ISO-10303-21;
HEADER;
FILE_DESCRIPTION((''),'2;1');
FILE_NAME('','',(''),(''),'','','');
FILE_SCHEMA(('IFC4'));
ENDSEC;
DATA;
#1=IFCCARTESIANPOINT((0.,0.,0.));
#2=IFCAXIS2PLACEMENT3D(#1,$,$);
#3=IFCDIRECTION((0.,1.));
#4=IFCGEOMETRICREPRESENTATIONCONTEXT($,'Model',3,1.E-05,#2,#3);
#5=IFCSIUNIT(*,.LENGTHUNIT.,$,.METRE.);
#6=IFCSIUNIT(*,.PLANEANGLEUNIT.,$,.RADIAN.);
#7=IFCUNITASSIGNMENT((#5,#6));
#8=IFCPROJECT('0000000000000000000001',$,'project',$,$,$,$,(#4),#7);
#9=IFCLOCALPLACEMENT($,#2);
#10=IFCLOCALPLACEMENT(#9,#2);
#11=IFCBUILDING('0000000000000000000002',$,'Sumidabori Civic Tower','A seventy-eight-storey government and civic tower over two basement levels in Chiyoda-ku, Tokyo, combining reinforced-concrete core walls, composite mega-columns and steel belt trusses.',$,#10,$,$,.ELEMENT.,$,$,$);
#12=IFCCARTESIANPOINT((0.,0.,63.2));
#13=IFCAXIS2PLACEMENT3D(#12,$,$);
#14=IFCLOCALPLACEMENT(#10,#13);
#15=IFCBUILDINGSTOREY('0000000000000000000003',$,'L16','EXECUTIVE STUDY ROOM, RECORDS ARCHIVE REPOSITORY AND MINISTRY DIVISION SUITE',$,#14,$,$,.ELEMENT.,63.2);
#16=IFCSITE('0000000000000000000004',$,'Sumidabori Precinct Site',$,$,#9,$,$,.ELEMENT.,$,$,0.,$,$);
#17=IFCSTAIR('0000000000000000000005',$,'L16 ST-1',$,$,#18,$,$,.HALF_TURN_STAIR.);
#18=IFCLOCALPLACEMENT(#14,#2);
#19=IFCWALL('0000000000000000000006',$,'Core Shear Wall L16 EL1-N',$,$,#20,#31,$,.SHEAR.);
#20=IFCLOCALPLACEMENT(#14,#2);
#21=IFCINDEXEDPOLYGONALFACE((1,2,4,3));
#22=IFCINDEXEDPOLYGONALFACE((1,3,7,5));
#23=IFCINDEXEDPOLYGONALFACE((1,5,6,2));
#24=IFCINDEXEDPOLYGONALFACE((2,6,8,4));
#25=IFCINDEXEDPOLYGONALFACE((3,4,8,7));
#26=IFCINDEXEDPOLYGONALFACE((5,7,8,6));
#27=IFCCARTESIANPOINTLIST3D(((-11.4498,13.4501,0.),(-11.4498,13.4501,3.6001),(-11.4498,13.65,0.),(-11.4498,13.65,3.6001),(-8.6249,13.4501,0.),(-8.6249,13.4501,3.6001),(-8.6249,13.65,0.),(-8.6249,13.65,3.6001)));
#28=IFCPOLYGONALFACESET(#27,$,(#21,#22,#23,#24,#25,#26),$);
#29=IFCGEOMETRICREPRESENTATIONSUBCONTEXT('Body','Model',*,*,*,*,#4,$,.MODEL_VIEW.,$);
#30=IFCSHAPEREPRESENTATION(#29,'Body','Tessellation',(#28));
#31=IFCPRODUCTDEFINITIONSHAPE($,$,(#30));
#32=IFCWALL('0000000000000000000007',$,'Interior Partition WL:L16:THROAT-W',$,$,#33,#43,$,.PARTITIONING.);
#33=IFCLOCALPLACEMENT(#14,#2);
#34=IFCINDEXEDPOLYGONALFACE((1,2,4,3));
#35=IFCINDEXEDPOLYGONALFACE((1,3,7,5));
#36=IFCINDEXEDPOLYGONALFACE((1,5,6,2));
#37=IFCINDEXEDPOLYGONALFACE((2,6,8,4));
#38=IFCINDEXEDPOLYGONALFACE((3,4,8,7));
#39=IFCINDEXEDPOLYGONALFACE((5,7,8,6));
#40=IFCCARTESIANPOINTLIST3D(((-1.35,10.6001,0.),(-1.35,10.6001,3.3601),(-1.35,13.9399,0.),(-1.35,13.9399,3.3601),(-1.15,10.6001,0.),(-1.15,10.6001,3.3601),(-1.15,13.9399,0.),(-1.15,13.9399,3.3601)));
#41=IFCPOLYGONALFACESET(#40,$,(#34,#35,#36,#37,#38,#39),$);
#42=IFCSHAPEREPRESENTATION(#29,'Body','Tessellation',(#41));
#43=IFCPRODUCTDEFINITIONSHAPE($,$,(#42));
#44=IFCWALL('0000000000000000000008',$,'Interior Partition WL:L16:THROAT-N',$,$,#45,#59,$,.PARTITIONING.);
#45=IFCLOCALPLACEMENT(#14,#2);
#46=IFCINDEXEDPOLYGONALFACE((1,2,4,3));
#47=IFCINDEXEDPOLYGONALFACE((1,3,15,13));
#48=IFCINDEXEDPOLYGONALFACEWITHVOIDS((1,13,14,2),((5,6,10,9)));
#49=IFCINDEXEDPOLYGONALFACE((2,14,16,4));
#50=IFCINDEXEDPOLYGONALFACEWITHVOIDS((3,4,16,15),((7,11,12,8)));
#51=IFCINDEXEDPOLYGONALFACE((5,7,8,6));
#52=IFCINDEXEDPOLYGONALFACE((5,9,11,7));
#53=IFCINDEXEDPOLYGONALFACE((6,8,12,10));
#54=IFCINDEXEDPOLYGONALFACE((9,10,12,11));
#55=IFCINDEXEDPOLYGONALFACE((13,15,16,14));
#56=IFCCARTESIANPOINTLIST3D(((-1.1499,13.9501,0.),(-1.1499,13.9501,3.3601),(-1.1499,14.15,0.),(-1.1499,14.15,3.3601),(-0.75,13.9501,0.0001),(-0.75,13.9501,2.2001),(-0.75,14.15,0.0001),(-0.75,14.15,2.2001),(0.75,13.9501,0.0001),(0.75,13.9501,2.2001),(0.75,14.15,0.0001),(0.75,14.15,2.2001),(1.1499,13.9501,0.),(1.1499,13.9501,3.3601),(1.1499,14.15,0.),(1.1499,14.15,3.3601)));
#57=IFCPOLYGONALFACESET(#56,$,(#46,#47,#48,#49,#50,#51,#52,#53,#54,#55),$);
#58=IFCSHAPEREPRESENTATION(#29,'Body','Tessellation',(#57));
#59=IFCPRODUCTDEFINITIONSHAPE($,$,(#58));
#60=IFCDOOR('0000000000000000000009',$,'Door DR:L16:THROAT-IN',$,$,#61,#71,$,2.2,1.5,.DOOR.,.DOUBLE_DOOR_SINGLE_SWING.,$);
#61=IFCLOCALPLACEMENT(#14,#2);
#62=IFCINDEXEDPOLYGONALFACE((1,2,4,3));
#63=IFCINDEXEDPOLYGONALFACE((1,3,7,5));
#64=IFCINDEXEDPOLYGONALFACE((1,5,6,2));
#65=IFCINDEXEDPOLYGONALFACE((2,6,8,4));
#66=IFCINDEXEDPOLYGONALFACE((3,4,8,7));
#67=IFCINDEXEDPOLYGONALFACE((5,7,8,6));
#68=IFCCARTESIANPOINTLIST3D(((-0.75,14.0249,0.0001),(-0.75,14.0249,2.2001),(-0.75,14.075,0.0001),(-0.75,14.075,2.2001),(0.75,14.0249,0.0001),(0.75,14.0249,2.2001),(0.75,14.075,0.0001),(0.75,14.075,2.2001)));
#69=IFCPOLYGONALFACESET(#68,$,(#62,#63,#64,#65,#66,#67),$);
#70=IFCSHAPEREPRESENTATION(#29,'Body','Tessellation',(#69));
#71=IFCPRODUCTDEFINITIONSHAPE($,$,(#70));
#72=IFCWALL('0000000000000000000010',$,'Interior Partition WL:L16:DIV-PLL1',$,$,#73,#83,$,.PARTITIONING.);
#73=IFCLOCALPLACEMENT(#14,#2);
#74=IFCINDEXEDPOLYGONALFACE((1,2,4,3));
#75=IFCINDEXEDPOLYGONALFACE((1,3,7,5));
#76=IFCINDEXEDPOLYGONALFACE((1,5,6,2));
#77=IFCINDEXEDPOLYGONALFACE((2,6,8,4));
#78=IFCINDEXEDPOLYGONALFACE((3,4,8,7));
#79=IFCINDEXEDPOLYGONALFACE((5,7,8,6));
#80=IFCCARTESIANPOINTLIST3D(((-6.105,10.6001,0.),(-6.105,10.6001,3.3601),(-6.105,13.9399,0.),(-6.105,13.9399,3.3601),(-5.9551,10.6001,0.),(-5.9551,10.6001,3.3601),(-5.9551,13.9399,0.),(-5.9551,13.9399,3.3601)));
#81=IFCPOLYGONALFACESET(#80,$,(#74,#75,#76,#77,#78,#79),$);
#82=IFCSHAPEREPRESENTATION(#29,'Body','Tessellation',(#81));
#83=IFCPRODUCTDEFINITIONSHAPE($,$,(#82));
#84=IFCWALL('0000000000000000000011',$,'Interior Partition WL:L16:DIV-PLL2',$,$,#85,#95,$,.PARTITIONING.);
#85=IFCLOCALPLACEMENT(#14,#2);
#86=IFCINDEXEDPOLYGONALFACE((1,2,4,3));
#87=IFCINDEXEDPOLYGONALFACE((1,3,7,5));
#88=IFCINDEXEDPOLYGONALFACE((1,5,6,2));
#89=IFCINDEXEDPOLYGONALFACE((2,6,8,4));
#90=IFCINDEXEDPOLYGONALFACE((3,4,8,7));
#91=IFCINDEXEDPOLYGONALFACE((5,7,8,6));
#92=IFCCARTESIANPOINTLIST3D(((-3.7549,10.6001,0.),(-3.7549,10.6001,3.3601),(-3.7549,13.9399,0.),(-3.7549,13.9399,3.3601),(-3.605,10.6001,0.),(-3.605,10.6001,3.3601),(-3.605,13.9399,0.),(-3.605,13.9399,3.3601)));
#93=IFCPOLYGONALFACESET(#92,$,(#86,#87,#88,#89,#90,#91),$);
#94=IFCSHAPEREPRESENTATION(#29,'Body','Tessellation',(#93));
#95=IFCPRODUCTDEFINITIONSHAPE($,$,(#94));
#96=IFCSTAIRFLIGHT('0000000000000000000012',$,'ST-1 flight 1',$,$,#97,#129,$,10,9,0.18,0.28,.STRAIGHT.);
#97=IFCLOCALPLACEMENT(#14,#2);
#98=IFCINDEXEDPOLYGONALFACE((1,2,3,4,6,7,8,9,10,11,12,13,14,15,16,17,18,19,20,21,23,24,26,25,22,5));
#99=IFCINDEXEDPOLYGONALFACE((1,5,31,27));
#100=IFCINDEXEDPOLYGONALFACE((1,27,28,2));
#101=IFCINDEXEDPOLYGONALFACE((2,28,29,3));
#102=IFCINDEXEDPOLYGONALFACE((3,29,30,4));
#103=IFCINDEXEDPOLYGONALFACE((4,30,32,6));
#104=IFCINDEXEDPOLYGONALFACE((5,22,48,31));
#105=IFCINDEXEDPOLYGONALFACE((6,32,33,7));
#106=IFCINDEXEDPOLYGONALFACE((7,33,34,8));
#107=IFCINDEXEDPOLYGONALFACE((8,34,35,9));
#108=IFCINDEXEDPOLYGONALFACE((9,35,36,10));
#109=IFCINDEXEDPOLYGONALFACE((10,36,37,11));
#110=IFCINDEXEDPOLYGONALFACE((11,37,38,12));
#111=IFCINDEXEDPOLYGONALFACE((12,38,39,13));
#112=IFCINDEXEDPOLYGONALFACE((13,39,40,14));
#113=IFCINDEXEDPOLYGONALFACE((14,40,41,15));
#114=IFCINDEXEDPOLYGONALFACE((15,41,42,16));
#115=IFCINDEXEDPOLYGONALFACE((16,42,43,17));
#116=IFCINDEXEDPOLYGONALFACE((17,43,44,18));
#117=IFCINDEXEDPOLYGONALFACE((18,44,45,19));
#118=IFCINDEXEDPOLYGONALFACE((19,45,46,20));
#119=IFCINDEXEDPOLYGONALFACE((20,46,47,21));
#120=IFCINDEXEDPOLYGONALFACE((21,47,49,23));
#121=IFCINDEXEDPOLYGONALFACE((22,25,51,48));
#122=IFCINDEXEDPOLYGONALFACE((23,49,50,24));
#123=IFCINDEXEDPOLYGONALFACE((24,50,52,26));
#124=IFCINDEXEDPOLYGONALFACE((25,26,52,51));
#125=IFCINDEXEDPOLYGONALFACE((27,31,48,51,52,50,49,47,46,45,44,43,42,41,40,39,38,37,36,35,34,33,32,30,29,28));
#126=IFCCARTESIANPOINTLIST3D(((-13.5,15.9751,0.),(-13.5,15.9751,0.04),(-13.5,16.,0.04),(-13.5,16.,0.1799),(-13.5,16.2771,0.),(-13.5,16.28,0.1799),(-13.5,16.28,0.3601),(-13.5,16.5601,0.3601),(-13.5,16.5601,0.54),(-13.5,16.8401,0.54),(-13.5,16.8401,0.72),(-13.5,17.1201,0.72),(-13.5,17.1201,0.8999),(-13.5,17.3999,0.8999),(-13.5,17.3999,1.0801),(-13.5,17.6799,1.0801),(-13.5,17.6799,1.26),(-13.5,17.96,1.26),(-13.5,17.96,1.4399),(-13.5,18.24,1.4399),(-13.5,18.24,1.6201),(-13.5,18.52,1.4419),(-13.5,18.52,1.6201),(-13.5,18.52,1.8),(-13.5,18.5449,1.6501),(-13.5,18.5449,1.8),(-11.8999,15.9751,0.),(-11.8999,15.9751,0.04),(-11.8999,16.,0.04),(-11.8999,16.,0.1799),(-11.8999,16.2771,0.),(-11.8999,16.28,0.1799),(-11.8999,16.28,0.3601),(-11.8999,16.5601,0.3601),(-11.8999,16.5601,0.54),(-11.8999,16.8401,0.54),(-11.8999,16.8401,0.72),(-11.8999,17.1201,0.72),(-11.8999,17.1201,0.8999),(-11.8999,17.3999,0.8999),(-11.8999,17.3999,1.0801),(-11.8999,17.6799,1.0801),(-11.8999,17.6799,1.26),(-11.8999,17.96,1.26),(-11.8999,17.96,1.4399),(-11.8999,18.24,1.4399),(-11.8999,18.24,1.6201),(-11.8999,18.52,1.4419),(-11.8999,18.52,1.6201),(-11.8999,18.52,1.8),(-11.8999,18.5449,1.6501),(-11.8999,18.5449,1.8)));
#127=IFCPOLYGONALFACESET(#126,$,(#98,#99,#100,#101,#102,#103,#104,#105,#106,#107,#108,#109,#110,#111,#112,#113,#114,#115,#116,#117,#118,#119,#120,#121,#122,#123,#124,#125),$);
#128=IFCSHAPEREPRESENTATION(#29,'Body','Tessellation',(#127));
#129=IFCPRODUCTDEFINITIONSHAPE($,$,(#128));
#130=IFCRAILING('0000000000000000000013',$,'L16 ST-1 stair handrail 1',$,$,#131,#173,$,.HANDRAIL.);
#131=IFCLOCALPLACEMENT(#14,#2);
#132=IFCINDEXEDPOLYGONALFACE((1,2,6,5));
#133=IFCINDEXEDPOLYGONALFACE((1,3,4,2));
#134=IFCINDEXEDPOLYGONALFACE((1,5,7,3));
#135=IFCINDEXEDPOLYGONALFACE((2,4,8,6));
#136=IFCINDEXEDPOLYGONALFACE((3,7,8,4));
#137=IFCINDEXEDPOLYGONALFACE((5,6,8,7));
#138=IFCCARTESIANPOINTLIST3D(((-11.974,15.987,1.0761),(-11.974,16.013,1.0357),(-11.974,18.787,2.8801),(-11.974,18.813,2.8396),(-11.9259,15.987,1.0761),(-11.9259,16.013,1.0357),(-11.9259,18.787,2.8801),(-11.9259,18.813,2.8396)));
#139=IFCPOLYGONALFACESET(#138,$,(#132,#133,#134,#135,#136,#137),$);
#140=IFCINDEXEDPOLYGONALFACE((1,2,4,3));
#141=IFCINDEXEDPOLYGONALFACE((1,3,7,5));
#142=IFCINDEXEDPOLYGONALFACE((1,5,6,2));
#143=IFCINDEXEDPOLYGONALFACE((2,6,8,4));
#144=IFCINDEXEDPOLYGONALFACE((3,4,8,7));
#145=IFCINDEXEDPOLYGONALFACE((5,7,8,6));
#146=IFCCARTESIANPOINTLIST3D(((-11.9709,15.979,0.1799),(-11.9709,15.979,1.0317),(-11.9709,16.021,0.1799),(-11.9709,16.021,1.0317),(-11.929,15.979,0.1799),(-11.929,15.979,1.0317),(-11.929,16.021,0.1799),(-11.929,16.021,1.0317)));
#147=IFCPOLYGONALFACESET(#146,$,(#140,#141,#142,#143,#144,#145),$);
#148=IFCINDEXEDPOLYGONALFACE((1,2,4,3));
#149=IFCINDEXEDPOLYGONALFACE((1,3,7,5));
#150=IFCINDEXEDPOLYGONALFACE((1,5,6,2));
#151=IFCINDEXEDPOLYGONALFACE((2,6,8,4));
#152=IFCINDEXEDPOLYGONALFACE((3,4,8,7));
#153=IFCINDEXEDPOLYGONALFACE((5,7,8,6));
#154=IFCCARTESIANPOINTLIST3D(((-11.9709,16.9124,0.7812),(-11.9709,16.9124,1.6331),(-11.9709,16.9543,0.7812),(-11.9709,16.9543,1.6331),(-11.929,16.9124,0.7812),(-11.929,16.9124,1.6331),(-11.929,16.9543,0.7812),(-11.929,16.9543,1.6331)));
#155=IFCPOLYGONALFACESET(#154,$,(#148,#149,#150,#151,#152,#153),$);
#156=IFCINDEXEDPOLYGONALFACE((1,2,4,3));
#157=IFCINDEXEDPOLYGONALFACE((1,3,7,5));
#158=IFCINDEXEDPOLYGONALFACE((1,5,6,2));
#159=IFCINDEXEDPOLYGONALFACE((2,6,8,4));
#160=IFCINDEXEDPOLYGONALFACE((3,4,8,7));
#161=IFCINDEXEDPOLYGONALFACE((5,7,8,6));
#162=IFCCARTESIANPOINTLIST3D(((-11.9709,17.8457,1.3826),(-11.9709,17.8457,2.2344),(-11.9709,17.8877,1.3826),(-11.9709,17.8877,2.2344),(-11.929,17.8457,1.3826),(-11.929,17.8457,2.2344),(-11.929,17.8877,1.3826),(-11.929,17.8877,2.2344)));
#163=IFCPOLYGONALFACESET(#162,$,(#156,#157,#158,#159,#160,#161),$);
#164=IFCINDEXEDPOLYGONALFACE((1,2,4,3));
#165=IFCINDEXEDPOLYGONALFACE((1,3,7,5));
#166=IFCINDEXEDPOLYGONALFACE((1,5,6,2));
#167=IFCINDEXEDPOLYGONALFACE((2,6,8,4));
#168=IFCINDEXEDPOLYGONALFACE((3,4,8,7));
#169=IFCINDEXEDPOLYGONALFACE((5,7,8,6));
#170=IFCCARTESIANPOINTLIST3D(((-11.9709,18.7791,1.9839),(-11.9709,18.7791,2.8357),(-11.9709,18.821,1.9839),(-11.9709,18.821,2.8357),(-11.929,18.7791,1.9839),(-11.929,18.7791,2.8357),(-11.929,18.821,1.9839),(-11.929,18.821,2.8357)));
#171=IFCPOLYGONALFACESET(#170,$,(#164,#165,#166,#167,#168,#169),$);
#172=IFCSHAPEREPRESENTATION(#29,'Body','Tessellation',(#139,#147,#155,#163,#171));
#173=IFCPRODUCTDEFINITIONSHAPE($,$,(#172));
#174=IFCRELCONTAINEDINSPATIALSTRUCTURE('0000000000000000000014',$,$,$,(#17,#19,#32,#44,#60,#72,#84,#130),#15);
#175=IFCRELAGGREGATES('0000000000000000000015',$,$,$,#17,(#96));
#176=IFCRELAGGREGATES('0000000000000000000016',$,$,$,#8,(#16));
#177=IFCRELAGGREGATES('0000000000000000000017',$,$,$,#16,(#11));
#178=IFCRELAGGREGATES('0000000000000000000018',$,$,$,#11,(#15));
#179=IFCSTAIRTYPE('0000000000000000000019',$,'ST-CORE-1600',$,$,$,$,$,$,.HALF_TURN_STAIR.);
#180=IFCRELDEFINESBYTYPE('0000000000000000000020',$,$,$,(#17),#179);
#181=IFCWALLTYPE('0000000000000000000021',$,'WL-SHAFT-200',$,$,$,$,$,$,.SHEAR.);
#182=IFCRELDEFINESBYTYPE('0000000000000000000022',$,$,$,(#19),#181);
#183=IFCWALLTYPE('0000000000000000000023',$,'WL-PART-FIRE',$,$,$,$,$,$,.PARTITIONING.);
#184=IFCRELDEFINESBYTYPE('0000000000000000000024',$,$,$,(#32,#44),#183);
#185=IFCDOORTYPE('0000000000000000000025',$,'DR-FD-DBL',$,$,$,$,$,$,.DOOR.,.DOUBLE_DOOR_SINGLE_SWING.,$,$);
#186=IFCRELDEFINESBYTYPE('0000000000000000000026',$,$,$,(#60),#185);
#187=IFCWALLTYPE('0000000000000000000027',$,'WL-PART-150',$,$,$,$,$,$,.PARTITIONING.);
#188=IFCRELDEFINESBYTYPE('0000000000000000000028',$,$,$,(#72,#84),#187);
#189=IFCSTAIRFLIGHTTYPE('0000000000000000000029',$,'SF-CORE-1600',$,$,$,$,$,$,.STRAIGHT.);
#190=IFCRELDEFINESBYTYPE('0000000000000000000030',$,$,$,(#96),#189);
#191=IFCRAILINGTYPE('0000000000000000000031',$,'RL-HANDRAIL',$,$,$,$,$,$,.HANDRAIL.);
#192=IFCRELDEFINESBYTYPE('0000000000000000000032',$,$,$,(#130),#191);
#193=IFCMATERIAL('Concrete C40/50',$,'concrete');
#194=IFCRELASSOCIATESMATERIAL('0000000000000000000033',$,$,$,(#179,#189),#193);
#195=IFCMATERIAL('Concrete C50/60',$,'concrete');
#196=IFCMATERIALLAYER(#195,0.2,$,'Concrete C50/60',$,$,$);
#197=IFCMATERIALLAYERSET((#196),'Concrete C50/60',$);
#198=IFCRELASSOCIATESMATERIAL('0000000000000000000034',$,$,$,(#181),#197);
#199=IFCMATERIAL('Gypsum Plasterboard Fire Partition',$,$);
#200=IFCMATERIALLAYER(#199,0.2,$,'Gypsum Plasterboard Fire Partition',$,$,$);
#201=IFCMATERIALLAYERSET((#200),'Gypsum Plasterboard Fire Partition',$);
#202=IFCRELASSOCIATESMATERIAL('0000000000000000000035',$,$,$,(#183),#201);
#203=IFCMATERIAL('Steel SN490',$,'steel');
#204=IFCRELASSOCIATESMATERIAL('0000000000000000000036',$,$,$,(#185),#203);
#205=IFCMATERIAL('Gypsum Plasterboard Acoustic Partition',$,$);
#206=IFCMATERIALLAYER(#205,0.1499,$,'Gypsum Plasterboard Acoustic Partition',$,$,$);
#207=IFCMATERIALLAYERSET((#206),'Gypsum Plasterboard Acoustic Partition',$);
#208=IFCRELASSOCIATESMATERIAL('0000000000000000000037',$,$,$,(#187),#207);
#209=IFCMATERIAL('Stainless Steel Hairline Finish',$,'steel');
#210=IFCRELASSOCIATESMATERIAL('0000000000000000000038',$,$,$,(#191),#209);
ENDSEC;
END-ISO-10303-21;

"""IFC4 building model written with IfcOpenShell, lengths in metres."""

from ifc_helpers import new_model, si_unit, direction, frame, frame_2d, origin, origin_2d, place, context, subcontext, project, spatial, polyline, rectangle, outline, extrude, source, transform, mapped, material, layer, layer_set, type_object, element, fill, aggregate, save


model = new_model("IFC4")

# Units and contexts
model_context = context("Model", 3, precision=1e-05, world=origin(), true_north=direction((0.0, 1.0)))
body_context = subcontext(model_context, "Body", "Model", "MODEL_VIEW")
ifc_project = project(units=[si_unit("LENGTHUNIT", "METRE"), si_unit("PLANEANGLEUNIT", "RADIAN")], contexts=[model_context])

# Site, building, storey
site_placement = place(None, origin())
site = spatial("IfcSite", under=ifc_project, at=site_placement, Name="Sumidabori Precinct Site", CompositionType="ELEMENT", RefElevation=0.0)
building_placement = place(site_placement, origin())
building = spatial("IfcBuilding", under=site, at=building_placement, Name="Sumidabori Civic Tower", Description="A seventy-eight-storey government and civic tower over two basement levels in Chiyoda-ku, Tokyo, combining reinforced-concrete core walls, composite mega-columns and steel belt trusses.", CompositionType="ELEMENT")
storey_placement = place(building_placement, frame((0.0, 0.0, 63.2)))
storey = spatial("IfcBuildingStorey", under=building, at=storey_placement, Name="L16", Description="EXECUTIVE STUDY ROOM, RECORDS ARCHIVE REPOSITORY AND MINISTRY DIVISION SUITE", CompositionType="ELEMENT", Elevation=63.2)

# Shared definitions
ifc_material_1 = material(Name="Concrete C50/60", Category="concrete")

# Stair
ifc_material_2 = material(Name="Concrete C40/50", Category="concrete")
stair_type = type_object("IfcStairType", Name="ST-CORE-1600", PredefinedType="HALF_TURN_STAIR", material=ifc_material_2)
stair_1_placement = place(storey_placement, origin())
stair_1 = element("IfcStair", 1, at=stair_1_placement, inside=storey, type_object=stair_type, Name="L16 ST-1", PredefinedType="HALF_TURN_STAIR")

# Shared definitions
ifc_material_3 = material(Name="Steel SN490", Category="steel")

# Shared definitions
ifc_layer_1 = layer(ifc_material_1, 0.2, Name="Concrete C50/60")
ifc_layer_set_1 = layer_set([ifc_layer_1], Name="Concrete C50/60")
wall_type_1 = type_object("IfcWallType", Name="WL-SHAFT-200", PredefinedType="SHEAR", material=ifc_layer_set_1)
ifc_material_4 = material(Name="Stainless Steel Hairline Finish", Category="steel")

# Wall
shared_shape_1 = source(origin(), body_context, "Body", "SweptSolid", [
    extrude(rectangle(XDim=2.825, YDim=0.2, at=frame_2d((1.4126, 0.0))), origin(), (0.0, 0.0, 1.0), 3.6001),
])
wall_1_placement = place(storey_placement, frame((-11.45, 13.55, 0.0), z_axis=(0.0, 0.0, 1.0), x_axis=(1.0, 0.0, 0.0)))
element("IfcWall", 2, at=wall_1_placement, inside=storey, type_object=wall_type_1, Name="Core Shear Wall L16 EL1-N", PredefinedType="SHEAR", context=body_context, shape_type="MappedRepresentation", body=[
    mapped(shared_shape_1, transform((0.0, 0.0, 0.0), x_axis=(1.0, 0.0, 0.0), y_axis=(0.0, 1.0, 0.0), z_axis=(0.0, 0.0, 1.0), scale=1.0)),
])

# Shared definitions
ifc_material_5 = material(Name="Gypsum Plasterboard Fire Partition")
ifc_layer_2 = layer(ifc_material_5, 0.2, Name="Gypsum Plasterboard Fire Partition")
ifc_layer_set_2 = layer_set([ifc_layer_2], Name="Gypsum Plasterboard Fire Partition")
wall_type_2 = type_object("IfcWallType", Name="WL-PART-FIRE", PredefinedType="PARTITIONING", material=ifc_layer_set_2)

# Wall
shared_shape_2 = source(origin(), body_context, "Body", "SweptSolid", [
    extrude(rectangle(XDim=3.3398, YDim=0.2, at=frame_2d((1.6699, 0.0))), origin(), (0.0, 0.0, 1.0), 3.3601),
])
wall_2_placement = place(storey_placement, frame((-1.25, 10.6001, 0.0), z_axis=(0.0, 0.0, 1.0), x_axis=(0.0, 1.0, 0.0)))
element("IfcWall", 3, at=wall_2_placement, inside=storey, type_object=wall_type_2, Name="Interior Partition WL:L16:THROAT-W", PredefinedType="PARTITIONING", context=body_context, shape_type="MappedRepresentation", body=[
    mapped(shared_shape_2, transform((0.0, 0.0, 0.0), x_axis=(1.0, 0.0, 0.0), y_axis=(0.0, 1.0, 0.0), z_axis=(0.0, 0.0, 1.0), scale=1.0)),
])

# Wall, opening, door
shared_shape_3 = source(origin(), body_context, "Body", "SweptSolid", [
    extrude(rectangle(XDim=2.2998, YDim=0.2, at=frame_2d((1.1499, 0.0))), origin(), (0.0, 0.0, 1.0), 3.3601),
])
wall_3_placement = place(storey_placement, frame((-1.1499, 14.05, 0.0), z_axis=(0.0, 0.0, 1.0), x_axis=(1.0, 0.0, 0.0)))
wall_3 = element("IfcWall", 4, at=wall_3_placement, inside=storey, type_object=wall_type_2, Name="Interior Partition WL:L16:THROAT-N", PredefinedType="PARTITIONING", context=body_context, shape_type="MappedRepresentation", body=[
    mapped(shared_shape_3, transform((0.0, 0.0, 0.0), x_axis=(1.0, 0.0, 0.0), y_axis=(0.0, 1.0, 0.0), z_axis=(0.0, 0.0, 1.0), scale=1.0)),
])
opening_1_placement = place(wall_3_placement, frame((0.3999, 0.0, 0.0)))
opening_1 = element("IfcOpeningElement", 5, at=opening_1_placement, cuts=wall_3, PredefinedType="OPENING", context=body_context, shape_type="SweptSolid", body=[
    extrude(rectangle(XDim=1.5, YDim=2.2, at=frame_2d((0.75, 1.1001))), frame((0.0, 0.1118, 0.0), z_axis=(0.0, -1.0, 0.0), x_axis=(1.0, 0.0, 0.0)), (0.0, 0.0, 1.0), 0.2239),
])
door_type_1 = type_object("IfcDoorType", Name="DR-FD-DBL", OperationType="DOUBLE_DOOR_SINGLE_SWING", PredefinedType="DOOR", material=ifc_material_3)
shared_shape_4 = source(origin(), body_context, "Body", "SweptSolid", [
    extrude(rectangle(XDim=1.5, YDim=2.2, at=frame_2d((0.75, 1.1001))), frame((0.0, 0.0249, 0.0), z_axis=(0.0, -1.0, 0.0), x_axis=(1.0, 0.0, 0.0)), (0.0, 0.0, 1.0), 0.05),
])
door_1_placement = place(opening_1_placement, origin())
door_1 = element("IfcDoor", 6, at=door_1_placement, inside=storey, type_object=door_type_1, Name="Door DR:L16:THROAT-IN", OperationType="DOUBLE_DOOR_SINGLE_SWING", OverallHeight=2.2, OverallWidth=1.5, PredefinedType="DOOR", context=body_context, shape_type="MappedRepresentation", body=[
    mapped(shared_shape_4, transform((0.0, 0.0, 0.0), x_axis=(1.0, 0.0, 0.0), y_axis=(0.0, 1.0, 0.0), z_axis=(0.0, 0.0, 1.0), scale=1.0)),
])
fill(opening_1, door_1)

# Walls
ifc_material_6 = material(Name="Gypsum Plasterboard Acoustic Partition")
ifc_layer_3 = layer(ifc_material_6, 0.1499, Name="Gypsum Plasterboard Acoustic Partition")
ifc_layer_set_3 = layer_set([ifc_layer_3], Name="Gypsum Plasterboard Acoustic Partition")
wall_type_3 = type_object("IfcWallType", Name="WL-PART-150", PredefinedType="PARTITIONING", material=ifc_layer_set_3)
shared_shape_5 = source(origin(), body_context, "Body", "SweptSolid", [
    extrude(rectangle(XDim=3.3398, YDim=0.1499, at=frame_2d((1.6699, 0.0))), origin(), (0.0, 0.0, 1.0), 3.3601),
])
for number, where, z_axis, x_axis, name in (
    (7, (-6.03, 10.6001, 0.0), (0.0, 0.0, 1.0), (0.0, 1.0, 0.0), "Interior Partition WL:L16:DIV-PLL1"),
    (8, (-3.6799, 10.6001, 0.0), (0.0, 0.0, 1.0), (0.0, 1.0, 0.0), "Interior Partition WL:L16:DIV-PLL2"),
):
    element("IfcWall", number, at=place(storey_placement, frame(where, z_axis=z_axis, x_axis=x_axis)), inside=storey, type_object=wall_type_3, Name=name, PredefinedType="PARTITIONING", context=body_context, shape_type="MappedRepresentation", body=[
        mapped(shared_shape_5, transform((0.0, 0.0, 0.0), x_axis=(1.0, 0.0, 0.0), y_axis=(0.0, 1.0, 0.0), z_axis=(0.0, 0.0, 1.0), scale=1.0)),
    ])

# Stair flight
stair_flight_type = type_object("IfcStairFlightType", Name="SF-CORE-1600", PredefinedType="STRAIGHT", material=ifc_material_2)
shared_shape_6 = source(origin(), body_context, "Body", "SweptSolid", [
    extrude(outline(polyline([(-0.0249, 0.0), (-0.0249, 0.04), (0.0, 0.04), (0.0, 0.1799), (0.28, 0.1799), (0.28, 0.3601), (0.5601, 0.3601), (0.5601, 0.54), (0.8401, 0.54), (0.8401, 0.72), (1.1201, 0.72), (1.1201, 0.8999), (1.3999, 0.8999), (1.3999, 1.0801), (1.6799, 1.0801), (1.6799, 1.26), (1.96, 1.26), (1.96, 1.4399), (2.24, 1.4399), (2.24, 1.6201), (2.52, 1.6201), (2.52, 1.8), (2.5449, 1.8), (2.5449, 1.6501), (2.52, 1.4419), (0.2771, 0.0), (-0.0249, 0.0)])), frame((0.0, 0.8, 0.0), z_axis=(0.0, -1.0, 0.0), x_axis=(1.0, 0.0, 0.0)), (0.0, 0.0, 1.0), 1.6001),
])
stair_flight_placement = place(storey_placement, frame((-12.7, 16.0, 0.0), z_axis=(0.0, 0.0, 1.0), x_axis=(0.0, 1.0, 0.0)))
stair_flight = element("IfcStairFlight", 9, at=stair_flight_placement, type_object=stair_flight_type, Name="ST-1 flight 1", NumberOfRisers=10, NumberOfTreads=9, PredefinedType="STRAIGHT", RiserHeight=0.18, TreadLength=0.28, context=body_context, shape_type="MappedRepresentation", body=[
    mapped(shared_shape_6, transform((0.0, 0.0, 0.0), x_axis=(1.0, 0.0, 0.0), y_axis=(0.0, 1.0, 0.0), z_axis=(0.0, 0.0, 1.0), scale=1.0)),
])
aggregate(stair_1, [stair_flight])

# Railing
railing_type_1 = type_object("IfcRailingType", Name="RL-HANDRAIL", PredefinedType="HANDRAIL", material=ifc_material_4)
railing_1_placement = place(storey_placement, frame((-11.95, 16.0, 0.1799)))
element("IfcRailing", 10, at=railing_1_placement, inside=storey, type_object=railing_type_1, Name="L16 ST-1 stair handrail 1", PredefinedType="HANDRAIL", context=body_context, shape_type="SweptSolid", body=[
    extrude(rectangle(XDim=0.0481, YDim=0.0481, at=origin_2d()), frame((0.0, 0.0, 0.876), z_axis=(0.0, 0.840642, 0.541591), x_axis=(-1.0, 0.0, 0.0)), (0.0, 0.0, 1.0), 3.3308),
    extrude(rectangle(XDim=0.042, YDim=0.042, at=origin_2d()), origin(), (0.0, 0.0, 1.0), 0.8518),
    extrude(rectangle(XDim=0.042, YDim=0.042, at=origin_2d()), frame((0.0, 0.9333, 0.6013)), (0.0, 0.0, 1.0), 0.8518),
    extrude(rectangle(XDim=0.042, YDim=0.042, at=origin_2d()), frame((0.0, 1.8667, 1.2026)), (0.0, 0.0, 1.0), 0.8518),
    extrude(rectangle(XDim=0.042, YDim=0.042, at=origin_2d()), frame((0.0, 2.8, 1.804)), (0.0, 0.0, 1.0), 0.8518),
])

save(model, "model.ifc")
